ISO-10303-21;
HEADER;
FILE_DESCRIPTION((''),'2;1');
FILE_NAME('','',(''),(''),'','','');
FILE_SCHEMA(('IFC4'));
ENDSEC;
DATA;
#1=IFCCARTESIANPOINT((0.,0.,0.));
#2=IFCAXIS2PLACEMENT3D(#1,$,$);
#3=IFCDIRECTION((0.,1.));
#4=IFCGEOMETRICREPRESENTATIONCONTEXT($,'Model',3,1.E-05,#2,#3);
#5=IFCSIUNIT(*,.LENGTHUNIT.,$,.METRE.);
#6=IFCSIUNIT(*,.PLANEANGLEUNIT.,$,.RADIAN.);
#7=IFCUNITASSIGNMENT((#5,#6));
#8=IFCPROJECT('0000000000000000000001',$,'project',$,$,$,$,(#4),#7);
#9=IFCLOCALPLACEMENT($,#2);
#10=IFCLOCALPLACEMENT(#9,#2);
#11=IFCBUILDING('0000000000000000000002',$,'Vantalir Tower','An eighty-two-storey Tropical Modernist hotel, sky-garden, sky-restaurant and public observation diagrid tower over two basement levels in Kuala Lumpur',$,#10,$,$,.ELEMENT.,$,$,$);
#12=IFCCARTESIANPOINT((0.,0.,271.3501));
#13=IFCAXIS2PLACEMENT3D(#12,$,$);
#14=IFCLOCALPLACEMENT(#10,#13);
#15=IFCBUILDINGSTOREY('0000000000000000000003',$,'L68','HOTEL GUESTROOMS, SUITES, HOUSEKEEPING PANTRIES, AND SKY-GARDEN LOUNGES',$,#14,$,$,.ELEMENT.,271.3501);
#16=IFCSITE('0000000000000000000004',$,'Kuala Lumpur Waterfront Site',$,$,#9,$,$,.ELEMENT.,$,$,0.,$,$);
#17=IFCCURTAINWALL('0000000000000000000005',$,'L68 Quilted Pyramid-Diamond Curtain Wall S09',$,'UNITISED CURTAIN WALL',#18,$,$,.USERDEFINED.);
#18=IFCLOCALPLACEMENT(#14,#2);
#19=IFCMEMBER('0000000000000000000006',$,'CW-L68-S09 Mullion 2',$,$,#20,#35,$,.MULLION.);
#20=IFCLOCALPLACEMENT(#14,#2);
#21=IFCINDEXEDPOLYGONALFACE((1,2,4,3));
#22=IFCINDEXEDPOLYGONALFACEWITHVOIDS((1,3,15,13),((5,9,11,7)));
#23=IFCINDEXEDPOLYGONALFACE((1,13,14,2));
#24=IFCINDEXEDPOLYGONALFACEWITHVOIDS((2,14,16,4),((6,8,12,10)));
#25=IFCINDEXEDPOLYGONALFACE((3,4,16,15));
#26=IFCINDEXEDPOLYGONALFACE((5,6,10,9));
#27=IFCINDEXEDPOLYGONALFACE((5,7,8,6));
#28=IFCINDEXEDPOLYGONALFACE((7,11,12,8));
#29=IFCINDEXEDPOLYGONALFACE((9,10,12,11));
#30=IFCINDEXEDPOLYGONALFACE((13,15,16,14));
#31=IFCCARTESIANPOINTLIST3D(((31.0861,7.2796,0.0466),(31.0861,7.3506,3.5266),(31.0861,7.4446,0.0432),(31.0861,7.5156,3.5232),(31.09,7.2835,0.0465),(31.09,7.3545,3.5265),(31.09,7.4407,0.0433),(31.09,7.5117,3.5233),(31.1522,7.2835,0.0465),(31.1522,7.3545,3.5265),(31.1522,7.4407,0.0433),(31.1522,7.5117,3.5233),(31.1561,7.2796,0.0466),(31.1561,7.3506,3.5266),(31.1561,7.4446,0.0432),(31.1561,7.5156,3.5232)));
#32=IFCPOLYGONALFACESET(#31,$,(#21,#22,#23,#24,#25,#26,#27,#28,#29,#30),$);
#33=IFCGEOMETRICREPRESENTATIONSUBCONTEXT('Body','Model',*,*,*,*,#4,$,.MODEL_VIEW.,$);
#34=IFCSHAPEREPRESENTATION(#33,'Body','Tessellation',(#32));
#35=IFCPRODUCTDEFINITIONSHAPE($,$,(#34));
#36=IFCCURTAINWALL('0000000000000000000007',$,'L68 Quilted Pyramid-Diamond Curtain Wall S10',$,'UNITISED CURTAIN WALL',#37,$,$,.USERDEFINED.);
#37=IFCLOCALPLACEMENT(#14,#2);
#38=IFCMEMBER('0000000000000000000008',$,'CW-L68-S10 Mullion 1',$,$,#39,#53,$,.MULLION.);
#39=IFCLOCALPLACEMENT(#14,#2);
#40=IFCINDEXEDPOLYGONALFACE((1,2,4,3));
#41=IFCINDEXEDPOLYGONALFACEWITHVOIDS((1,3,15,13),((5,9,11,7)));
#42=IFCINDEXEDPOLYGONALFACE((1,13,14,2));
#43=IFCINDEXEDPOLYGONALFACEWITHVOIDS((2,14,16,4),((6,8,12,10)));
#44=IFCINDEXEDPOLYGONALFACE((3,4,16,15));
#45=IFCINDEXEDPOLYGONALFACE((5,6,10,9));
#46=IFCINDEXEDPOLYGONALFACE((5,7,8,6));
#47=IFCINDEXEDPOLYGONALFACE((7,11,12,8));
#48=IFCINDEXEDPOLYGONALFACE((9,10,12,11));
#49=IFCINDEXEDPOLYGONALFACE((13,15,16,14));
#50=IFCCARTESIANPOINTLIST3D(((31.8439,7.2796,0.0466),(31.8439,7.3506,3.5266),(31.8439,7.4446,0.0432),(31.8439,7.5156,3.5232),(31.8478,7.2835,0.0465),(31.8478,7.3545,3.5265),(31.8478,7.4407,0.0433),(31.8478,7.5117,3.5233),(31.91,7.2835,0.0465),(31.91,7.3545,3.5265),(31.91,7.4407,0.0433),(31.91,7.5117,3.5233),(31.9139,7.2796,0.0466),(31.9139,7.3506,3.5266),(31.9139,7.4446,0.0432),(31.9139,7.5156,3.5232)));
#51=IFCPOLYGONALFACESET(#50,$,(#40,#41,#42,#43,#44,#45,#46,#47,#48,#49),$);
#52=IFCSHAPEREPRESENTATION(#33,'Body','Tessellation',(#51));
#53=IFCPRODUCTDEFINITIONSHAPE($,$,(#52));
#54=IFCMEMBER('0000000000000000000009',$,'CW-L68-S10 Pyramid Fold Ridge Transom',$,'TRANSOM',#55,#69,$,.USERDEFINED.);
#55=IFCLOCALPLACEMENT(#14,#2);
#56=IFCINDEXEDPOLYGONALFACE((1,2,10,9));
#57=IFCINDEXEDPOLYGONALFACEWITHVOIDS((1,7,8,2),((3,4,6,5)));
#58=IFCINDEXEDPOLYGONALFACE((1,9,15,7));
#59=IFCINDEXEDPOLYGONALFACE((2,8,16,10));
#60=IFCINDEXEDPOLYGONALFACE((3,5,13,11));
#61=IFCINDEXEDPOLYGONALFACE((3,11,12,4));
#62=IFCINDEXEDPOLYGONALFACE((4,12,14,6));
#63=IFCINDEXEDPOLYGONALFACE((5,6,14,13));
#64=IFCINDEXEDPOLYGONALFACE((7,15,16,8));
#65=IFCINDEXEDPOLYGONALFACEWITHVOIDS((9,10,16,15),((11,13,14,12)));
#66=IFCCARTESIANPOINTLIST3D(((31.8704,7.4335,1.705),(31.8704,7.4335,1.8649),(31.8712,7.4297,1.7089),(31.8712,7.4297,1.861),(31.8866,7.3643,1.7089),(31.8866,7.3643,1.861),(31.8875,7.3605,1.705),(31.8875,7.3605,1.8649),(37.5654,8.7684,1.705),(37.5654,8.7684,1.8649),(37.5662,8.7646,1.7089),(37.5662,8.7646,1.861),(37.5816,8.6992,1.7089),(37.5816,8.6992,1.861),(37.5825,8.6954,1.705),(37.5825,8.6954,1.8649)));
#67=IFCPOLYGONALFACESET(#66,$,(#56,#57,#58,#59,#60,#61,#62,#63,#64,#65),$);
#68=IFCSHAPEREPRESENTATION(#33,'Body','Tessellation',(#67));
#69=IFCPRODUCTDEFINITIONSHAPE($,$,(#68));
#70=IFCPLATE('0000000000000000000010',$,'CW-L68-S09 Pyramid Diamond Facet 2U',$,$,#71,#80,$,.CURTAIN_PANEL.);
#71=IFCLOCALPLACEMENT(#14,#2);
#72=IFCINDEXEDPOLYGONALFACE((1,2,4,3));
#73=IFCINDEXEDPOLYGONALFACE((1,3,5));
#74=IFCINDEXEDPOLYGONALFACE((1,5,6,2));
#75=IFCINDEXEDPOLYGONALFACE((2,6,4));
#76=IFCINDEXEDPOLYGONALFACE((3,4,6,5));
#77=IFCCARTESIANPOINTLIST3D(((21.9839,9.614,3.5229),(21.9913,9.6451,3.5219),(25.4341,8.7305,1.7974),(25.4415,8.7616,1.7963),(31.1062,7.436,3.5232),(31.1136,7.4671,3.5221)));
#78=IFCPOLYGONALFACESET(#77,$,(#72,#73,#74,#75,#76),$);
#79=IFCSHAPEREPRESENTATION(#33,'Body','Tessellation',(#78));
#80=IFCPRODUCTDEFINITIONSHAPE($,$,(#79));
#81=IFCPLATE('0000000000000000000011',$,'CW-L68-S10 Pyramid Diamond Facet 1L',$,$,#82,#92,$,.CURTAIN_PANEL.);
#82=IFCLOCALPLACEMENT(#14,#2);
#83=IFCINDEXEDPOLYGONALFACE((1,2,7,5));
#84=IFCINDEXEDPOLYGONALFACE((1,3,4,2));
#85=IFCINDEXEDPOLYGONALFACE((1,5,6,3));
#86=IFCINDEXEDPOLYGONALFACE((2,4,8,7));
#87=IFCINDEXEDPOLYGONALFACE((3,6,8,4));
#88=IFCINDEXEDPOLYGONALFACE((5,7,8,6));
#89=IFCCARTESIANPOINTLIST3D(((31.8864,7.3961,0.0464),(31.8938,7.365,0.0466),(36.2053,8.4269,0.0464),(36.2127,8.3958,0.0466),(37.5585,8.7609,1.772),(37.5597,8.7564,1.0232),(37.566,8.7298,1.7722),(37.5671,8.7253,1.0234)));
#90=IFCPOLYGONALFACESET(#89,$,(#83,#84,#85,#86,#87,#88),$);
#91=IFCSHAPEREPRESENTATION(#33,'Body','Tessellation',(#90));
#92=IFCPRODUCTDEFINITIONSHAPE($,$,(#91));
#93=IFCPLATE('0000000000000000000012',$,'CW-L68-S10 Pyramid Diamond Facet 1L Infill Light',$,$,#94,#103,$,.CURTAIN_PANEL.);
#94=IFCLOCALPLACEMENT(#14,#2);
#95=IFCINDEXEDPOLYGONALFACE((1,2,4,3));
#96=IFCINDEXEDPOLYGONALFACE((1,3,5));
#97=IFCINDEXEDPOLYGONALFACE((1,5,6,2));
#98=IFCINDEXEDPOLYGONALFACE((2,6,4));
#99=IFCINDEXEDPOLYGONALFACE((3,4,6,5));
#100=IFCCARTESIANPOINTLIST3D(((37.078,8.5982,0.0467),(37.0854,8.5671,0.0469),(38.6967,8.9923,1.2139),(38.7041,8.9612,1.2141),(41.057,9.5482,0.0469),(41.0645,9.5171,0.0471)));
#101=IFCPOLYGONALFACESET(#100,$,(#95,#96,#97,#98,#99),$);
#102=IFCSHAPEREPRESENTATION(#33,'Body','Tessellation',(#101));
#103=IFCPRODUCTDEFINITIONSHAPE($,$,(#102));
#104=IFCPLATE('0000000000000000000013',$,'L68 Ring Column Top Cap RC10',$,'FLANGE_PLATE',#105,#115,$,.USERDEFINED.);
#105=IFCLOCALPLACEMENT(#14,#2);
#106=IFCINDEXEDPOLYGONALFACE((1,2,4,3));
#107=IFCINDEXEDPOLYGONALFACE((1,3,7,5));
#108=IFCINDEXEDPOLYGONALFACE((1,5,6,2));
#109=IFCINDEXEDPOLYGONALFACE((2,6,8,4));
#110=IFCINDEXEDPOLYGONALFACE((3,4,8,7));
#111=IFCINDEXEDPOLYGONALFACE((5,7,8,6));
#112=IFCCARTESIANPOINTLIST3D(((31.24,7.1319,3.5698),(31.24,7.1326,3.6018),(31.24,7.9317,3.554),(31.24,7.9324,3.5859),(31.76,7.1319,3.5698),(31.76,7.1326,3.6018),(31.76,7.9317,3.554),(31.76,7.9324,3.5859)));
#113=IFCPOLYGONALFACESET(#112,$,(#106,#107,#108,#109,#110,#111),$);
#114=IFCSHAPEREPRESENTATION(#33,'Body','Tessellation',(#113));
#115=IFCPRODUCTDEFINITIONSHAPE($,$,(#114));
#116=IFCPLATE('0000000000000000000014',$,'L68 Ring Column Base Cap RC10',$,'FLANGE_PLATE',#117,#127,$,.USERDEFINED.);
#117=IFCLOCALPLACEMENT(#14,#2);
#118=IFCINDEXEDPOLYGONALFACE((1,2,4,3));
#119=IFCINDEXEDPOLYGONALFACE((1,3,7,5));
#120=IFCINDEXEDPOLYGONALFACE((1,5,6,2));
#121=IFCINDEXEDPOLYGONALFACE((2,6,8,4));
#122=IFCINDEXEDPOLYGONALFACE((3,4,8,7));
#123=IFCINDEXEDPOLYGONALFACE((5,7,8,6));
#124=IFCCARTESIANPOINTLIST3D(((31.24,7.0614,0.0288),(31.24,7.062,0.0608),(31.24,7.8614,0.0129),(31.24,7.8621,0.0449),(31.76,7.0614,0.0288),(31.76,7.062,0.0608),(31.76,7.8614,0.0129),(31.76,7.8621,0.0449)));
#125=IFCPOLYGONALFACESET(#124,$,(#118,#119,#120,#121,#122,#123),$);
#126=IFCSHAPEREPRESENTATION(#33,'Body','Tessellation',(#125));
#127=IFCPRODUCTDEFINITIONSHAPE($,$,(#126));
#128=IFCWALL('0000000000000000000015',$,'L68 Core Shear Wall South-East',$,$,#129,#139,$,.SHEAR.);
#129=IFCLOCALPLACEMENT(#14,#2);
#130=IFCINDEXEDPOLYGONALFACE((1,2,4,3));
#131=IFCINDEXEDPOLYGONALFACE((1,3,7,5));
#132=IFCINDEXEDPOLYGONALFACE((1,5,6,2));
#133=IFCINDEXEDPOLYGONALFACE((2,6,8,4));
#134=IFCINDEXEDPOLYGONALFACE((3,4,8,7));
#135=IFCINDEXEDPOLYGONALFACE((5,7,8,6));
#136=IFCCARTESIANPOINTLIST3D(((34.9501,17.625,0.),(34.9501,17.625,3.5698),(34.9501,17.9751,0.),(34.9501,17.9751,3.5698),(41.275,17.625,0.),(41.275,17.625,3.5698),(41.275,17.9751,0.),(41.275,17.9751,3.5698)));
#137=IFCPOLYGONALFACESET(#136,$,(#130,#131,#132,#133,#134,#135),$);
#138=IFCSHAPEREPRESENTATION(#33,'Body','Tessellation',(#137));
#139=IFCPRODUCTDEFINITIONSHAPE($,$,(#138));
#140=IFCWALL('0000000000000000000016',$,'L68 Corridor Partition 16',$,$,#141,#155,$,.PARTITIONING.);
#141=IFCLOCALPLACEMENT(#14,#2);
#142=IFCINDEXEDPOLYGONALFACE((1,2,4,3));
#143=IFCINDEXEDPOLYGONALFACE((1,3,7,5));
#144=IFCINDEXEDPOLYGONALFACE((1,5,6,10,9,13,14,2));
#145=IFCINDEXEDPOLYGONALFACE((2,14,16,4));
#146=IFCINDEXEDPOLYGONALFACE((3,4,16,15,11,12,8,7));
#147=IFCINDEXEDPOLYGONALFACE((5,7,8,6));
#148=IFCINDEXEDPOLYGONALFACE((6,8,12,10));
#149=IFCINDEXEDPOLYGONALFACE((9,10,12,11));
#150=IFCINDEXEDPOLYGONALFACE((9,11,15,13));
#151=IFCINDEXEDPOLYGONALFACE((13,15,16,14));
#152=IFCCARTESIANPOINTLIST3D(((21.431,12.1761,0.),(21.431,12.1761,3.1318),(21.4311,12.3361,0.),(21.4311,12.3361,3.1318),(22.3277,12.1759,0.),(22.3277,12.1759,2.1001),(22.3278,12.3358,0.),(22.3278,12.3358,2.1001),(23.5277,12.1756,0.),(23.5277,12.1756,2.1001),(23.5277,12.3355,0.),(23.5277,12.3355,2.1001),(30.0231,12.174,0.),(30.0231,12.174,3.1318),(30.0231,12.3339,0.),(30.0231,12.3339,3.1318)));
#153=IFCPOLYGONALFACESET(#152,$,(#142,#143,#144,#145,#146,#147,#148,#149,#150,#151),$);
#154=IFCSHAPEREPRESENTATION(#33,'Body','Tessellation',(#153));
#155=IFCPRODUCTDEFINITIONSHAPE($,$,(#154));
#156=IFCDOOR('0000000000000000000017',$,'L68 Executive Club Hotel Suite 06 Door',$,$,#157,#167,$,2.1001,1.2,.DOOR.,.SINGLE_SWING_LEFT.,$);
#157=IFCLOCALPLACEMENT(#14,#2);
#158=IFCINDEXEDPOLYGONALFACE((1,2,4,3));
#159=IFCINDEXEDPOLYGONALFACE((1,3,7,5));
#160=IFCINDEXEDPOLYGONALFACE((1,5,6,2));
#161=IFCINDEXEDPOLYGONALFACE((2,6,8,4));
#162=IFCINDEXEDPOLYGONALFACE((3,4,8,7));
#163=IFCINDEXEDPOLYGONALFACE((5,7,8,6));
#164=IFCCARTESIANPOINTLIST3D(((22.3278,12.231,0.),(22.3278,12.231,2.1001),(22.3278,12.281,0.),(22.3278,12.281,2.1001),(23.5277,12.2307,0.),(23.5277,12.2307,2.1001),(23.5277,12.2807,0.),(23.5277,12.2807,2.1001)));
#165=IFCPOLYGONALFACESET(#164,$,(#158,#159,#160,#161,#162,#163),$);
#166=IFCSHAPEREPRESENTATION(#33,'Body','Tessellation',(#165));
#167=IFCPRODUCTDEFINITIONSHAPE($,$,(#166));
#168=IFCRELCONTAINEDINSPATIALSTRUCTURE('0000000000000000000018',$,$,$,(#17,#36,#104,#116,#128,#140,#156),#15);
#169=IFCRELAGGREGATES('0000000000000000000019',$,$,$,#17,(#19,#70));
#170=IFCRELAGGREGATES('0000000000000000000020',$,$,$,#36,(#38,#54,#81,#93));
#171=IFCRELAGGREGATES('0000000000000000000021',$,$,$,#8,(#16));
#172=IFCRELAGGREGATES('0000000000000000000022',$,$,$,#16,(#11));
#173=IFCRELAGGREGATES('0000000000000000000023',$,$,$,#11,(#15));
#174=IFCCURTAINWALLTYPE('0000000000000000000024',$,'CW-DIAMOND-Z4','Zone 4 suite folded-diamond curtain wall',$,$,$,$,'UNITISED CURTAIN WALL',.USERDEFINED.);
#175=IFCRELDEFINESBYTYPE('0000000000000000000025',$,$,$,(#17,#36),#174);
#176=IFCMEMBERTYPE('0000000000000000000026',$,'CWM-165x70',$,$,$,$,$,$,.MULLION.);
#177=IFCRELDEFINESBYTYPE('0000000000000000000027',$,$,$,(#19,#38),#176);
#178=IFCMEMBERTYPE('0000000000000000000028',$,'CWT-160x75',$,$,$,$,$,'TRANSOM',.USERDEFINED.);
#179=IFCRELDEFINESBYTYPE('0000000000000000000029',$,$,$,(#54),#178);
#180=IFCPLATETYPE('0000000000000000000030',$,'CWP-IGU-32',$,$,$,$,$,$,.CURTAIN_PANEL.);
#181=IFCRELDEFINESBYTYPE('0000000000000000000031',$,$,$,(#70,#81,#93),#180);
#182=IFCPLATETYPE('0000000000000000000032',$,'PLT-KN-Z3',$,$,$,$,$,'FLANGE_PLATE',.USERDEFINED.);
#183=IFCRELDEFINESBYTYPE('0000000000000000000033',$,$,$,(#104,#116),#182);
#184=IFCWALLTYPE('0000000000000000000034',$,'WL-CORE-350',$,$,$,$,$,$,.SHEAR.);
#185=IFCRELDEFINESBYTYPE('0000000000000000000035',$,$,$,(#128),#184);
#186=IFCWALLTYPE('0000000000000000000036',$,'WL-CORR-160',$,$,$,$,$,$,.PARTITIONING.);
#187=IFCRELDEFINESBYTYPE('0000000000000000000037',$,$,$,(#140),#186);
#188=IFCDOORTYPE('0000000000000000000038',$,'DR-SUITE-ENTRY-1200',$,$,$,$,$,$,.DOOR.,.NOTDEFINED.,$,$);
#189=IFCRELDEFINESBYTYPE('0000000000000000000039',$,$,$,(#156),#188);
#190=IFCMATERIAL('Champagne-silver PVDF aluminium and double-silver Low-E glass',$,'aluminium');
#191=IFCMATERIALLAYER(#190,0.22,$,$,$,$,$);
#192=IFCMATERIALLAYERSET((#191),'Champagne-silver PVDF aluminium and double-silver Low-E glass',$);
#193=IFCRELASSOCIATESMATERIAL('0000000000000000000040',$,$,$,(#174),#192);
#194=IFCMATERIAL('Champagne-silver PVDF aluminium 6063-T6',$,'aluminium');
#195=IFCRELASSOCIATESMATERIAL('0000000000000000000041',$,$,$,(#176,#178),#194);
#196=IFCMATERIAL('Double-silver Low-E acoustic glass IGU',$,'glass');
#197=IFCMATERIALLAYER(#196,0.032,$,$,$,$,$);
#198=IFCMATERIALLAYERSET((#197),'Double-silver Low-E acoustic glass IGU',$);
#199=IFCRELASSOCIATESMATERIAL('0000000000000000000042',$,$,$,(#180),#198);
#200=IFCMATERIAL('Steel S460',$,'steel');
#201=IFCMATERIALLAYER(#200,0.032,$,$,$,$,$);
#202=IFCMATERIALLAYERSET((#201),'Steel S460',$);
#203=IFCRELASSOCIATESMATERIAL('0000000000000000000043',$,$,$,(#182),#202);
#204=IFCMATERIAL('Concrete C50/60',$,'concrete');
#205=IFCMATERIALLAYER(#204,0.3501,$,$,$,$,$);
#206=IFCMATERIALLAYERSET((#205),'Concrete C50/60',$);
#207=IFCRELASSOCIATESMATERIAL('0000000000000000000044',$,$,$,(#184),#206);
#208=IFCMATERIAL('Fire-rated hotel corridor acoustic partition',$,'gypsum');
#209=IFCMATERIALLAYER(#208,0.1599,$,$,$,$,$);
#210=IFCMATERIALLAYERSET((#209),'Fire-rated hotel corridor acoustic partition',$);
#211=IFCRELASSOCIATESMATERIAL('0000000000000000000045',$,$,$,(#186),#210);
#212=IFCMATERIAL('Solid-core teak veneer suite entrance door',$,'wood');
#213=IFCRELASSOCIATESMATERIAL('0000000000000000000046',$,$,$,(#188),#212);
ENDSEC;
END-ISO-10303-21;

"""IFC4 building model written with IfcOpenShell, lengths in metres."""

from ifc_helpers import new_model, si_unit, direction, frame, frame_2d, origin, origin_2d, place, context, subcontext, project, spatial, polyline, rectangle, hollow_rectangle, outline, extrude, material, layer, layer_set, material_profile, profile_set, type_object, element, fill, aggregate, save


model = new_model("IFC4")

# Units and contexts
model_context = context("Model", 3, precision=1e-05, world=origin(), true_north=direction((0.0, 1.0)))
body_context = subcontext(model_context, "Body", "Model", "MODEL_VIEW")
ifc_project = project(units=[si_unit("LENGTHUNIT", "METRE"), si_unit("PLANEANGLEUNIT", "RADIAN")], contexts=[model_context])

# Site, building, storey
site_placement = place(None, origin())
site = spatial("IfcSite", under=ifc_project, at=site_placement, Name="Kuala Lumpur Waterfront Site", CompositionType="ELEMENT", RefElevation=0.0)
building_placement = place(site_placement, origin())
building = spatial("IfcBuilding", under=site, at=building_placement, Name="Vantalir Tower", Description="An eighty-two-storey Tropical Modernist hotel, sky-garden, sky-restaurant and public observation diagrid tower over two basement levels in Kuala Lumpur", CompositionType="ELEMENT")
storey_placement = place(building_placement, frame((0.0, 0.0, 271.3501)))
storey = spatial("IfcBuildingStorey", under=building, at=storey_placement, Name="L68", Description="HOTEL GUESTROOMS, SUITES, HOUSEKEEPING PANTRIES, AND SKY-GARDEN LOUNGES", CompositionType="ELEMENT", Elevation=271.3501)

# Shared definitions
ifc_material_1 = material(Name="Concrete C50/60", Category="concrete")
ifc_material_2 = material(Name="Steel S460", Category="steel")

# Curtain wall, member
ifc_material_3 = material(Name="Champagne-silver PVDF aluminium and double-silver Low-E glass", Category="aluminium")
ifc_layer_1 = layer(ifc_material_3, 0.22)
ifc_layer_set_1 = layer_set([ifc_layer_1], Name="Champagne-silver PVDF aluminium and double-silver Low-E glass")
curtain_wall_type = type_object("IfcCurtainWallType", Name="CW-DIAMOND-Z4", Description="Zone 4 suite folded-diamond curtain wall", ElementType="UNITISED CURTAIN WALL", PredefinedType="USERDEFINED", material=ifc_layer_set_1)
curtain_wall_1_placement = place(storey_placement, origin())
curtain_wall_1 = element("IfcCurtainWall", 1, at=curtain_wall_1_placement, inside=storey, type_object=curtain_wall_type, Name="L68 Quilted Pyramid-Diamond Curtain Wall S09", ObjectType="UNITISED CURTAIN WALL", PredefinedType="USERDEFINED")
ifc_material_4 = material(Name="Champagne-silver PVDF aluminium 6063-T6", Category="aluminium")
ifc_material_profile_1 = material_profile(ifc_material_4, hollow_rectangle(XDim=0.0701, YDim=0.165, WallThickness=0.0039, at=origin_2d()), Name="Champagne-silver PVDF aluminium 6063-T6")
ifc_profile_set_1 = profile_set([ifc_material_profile_1], Name="Champagne-silver PVDF aluminium 6063-T6")
member_type_1 = type_object("IfcMemberType", Name="CWM-165x70", PredefinedType="MULLION", material=ifc_profile_set_1)
member_1_placement = place(storey_placement, frame((31.1211, 7.3621, 0.0449), z_axis=(0.0, 0.020411, 0.999792), x_axis=(-1.0, 0.0, 0.0)))
member_1 = element("IfcMember", 2, at=member_1_placement, type_object=member_type_1, Name="CW-L68-S09 Mullion 2", PredefinedType="MULLION", context=body_context, shape_type="SweptSolid", body=[
    extrude(hollow_rectangle(XDim=0.0701, YDim=0.165, WallThickness=0.0039, at=origin_2d()), origin(), (0.0, 0.0, 1.0), 3.4807),
])

# Curtain wall, members
curtain_wall_2_placement = place(storey_placement, origin())
curtain_wall_2 = element("IfcCurtainWall", 3, at=curtain_wall_2_placement, inside=storey, type_object=curtain_wall_type, Name="L68 Quilted Pyramid-Diamond Curtain Wall S10", ObjectType="UNITISED CURTAIN WALL", PredefinedType="USERDEFINED")
member_2_placement = place(storey_placement, frame((31.8789, 7.3621, 0.0449), z_axis=(0.0, 0.020411, 0.999792), x_axis=(-1.0, 0.0, 0.0)))
member_2 = element("IfcMember", 4, at=member_2_placement, type_object=member_type_1, Name="CW-L68-S10 Mullion 1", PredefinedType="MULLION", context=body_context, shape_type="SweptSolid", body=[
    extrude(hollow_rectangle(XDim=0.0701, YDim=0.165, WallThickness=0.0039, at=origin_2d()), origin(), (0.0, 0.0, 1.0), 3.4807),
])
ifc_material_profile_2 = material_profile(ifc_material_4, hollow_rectangle(XDim=0.075, YDim=0.1599, WallThickness=0.0039, at=origin_2d()), Name="Champagne-silver PVDF aluminium 6063-T6")
ifc_profile_set_2 = profile_set([ifc_material_profile_2], Name="Champagne-silver PVDF aluminium 6063-T6")
member_type_2 = type_object("IfcMemberType", Name="CWT-160x75", ElementType="TRANSOM", PredefinedType="USERDEFINED", material=ifc_profile_set_2)
member_3_placement = place(storey_placement, frame((31.8789, 7.397, 1.7849), z_axis=(0.97361, 0.22822, 0.0), x_axis=(-0.22822, 0.97361, 0.0)))
member_3 = element("IfcMember", 5, at=member_3_placement, type_object=member_type_2, Name="CW-L68-S10 Pyramid Fold Ridge Transom", ObjectType="TRANSOM", PredefinedType="USERDEFINED", context=body_context, shape_type="SweptSolid", body=[
    extrude(hollow_rectangle(XDim=0.075, YDim=0.1599, WallThickness=0.0039, at=origin_2d()), origin(), (0.0, 0.0, 1.0), 5.8494),
])

# Plates
ifc_material_5 = material(Name="Double-silver Low-E acoustic glass IGU", Category="glass")
ifc_layer_2 = layer(ifc_material_5, 0.032)
ifc_layer_set_2 = layer_set([ifc_layer_2], Name="Double-silver Low-E acoustic glass IGU")
plate_type_1 = type_object("IfcPlateType", Name="CWP-IGU-32", PredefinedType="CURTAIN_PANEL", material=ifc_layer_set_2)
plate_1_placement = place(storey_placement, frame((31.1062, 7.436, 3.5232), z_axis=(-0.232095, -0.97211, 0.033687), x_axis=(-0.972662, 0.232226, -0.000026)))
plate_1 = element("IfcPlate", 6, at=plate_1_placement, type_object=plate_type_1, Name="CW-L68-S09 Pyramid Diamond Facet 2U", PredefinedType="CURTAIN_PANEL", context=body_context, shape_type="SweptSolid", body=[
    extrude(outline(polyline([(0.0, 0.0), (9.3787, 0.0), (5.8177, 1.7267), (0.0, 0.0)])), origin(), (0.0, 0.0, -1.0), 0.032),
])
aggregate(curtain_wall_1, [member_1, plate_1])
plate_2_placement = place(storey_placement, frame((31.8938, 7.365, 0.0466), z_axis=(0.232158, -0.972658, 0.006189), x_axis=(0.972677, 0.232163, 0.0)))
plate_2 = element("IfcPlate", 7, at=plate_2_placement, type_object=plate_type_1, Name="CW-L68-S10 Pyramid Diamond Facet 1L", PredefinedType="CURTAIN_PANEL", context=body_context, shape_type="SweptSolid", body=[
    extrude(outline(polyline([(0.0, 0.0), (4.4402, 0.0), (5.8342, 0.9768), (5.834, 1.7256), (0.0, 0.0)])), origin(), (0.0, 0.0, -1.0), 0.032),
])
plate_3_placement = place(storey_placement, frame((37.0854, 8.5671, 0.0469), z_axis=(0.23221, -0.972645, 0.006337), x_axis=(0.972665, 0.232215, 0.00006)))
plate_3 = element("IfcPlate", 8, at=plate_3_placement, type_object=plate_type_1, Name="CW-L68-S10 Pyramid Diamond Facet 1L Infill Light", PredefinedType="CURTAIN_PANEL", context=body_context, shape_type="SweptSolid", body=[
    extrude(outline(polyline([(0.0, 0.0), (4.0908, 0.0), (1.666, 1.1672), (0.0, 0.0)])), origin(), (0.0, 0.0, -1.0), 0.032),
])
aggregate(curtain_wall_2, [member_2, member_3, plate_2, plate_3])

# Plates
ifc_layer_3 = layer(ifc_material_2, 0.032)
ifc_layer_set_3 = layer_set([ifc_layer_3], Name="Steel S460")
plate_type_2 = type_object("IfcPlateType", Name="PLT-KN-Z3", ElementType="FLANGE_PLATE", PredefinedType="USERDEFINED", material=ifc_layer_set_3)
plate_4_placement = place(storey_placement, frame((31.24, 7.9324, 3.5859), z_axis=(0.0, 0.019837, 0.999803), x_axis=(0.0, -0.999803, 0.019837)))
element("IfcPlate", 9, at=plate_4_placement, inside=storey, type_object=plate_type_2, Name="L68 Ring Column Top Cap RC10", ObjectType="FLANGE_PLATE", PredefinedType="USERDEFINED", context=body_context, shape_type="SweptSolid", body=[
    extrude(outline(polyline([(0.0, 0.0), (0.8, 0.0), (0.8, 0.52), (0.0, 0.52), (0.0, 0.0)])), origin(), (0.0, 0.0, -1.0), 0.032),
])
plate_5_placement = place(storey_placement, frame((31.24, 7.8621, 0.0449), z_axis=(0.0, 0.019831, 0.999803), x_axis=(0.0, -0.999803, 0.019831)))
element("IfcPlate", 10, at=plate_5_placement, inside=storey, type_object=plate_type_2, Name="L68 Ring Column Base Cap RC10", ObjectType="FLANGE_PLATE", PredefinedType="USERDEFINED", context=body_context, shape_type="SweptSolid", body=[
    extrude(outline(polyline([(0.0, 0.0), (0.8002, 0.0), (0.8002, 0.52), (0.0, 0.52), (0.0, 0.0)])), origin(), (0.0, 0.0, -1.0), 0.032),
])

# Wall
ifc_layer_4 = layer(ifc_material_1, 0.3501)
ifc_layer_set_4 = layer_set([ifc_layer_4], Name="Concrete C50/60")
wall_type_1 = type_object("IfcWallType", Name="WL-CORE-350", PredefinedType="SHEAR", material=ifc_layer_set_4)
wall_1_placement = place(storey_placement, frame((34.95, 17.8, 0.0), z_axis=(0.0, 0.0, 1.0), x_axis=(1.0, 0.0, 0.0)))
element("IfcWall", 11, at=wall_1_placement, inside=storey, type_object=wall_type_1, Name="L68 Core Shear Wall South-East", PredefinedType="SHEAR", context=body_context, shape_type="SweptSolid", body=[
    extrude(rectangle(XDim=6.325, YDim=0.3501, at=frame_2d((3.1626, 0.0))), origin(), (0.0, 0.0, 1.0), 3.5698),
])

# Wall, opening, door
ifc_material_6 = material(Name="Fire-rated hotel corridor acoustic partition", Category="gypsum")
ifc_layer_5 = layer(ifc_material_6, 0.1599)
ifc_layer_set_5 = layer_set([ifc_layer_5], Name="Fire-rated hotel corridor acoustic partition")
wall_type_2 = type_object("IfcWallType", Name="WL-CORR-160", PredefinedType="PARTITIONING", material=ifc_layer_set_5)
wall_2_placement = place(storey_placement, frame((30.0229, 12.2539, 0.0), z_axis=(0.0, 0.0, 1.0), x_axis=(-1.0, 0.000256, 0.0)))
wall_2 = element("IfcWall", 12, at=wall_2_placement, inside=storey, type_object=wall_type_2, Name="L68 Corridor Partition 16", PredefinedType="PARTITIONING", context=body_context, shape_type="SweptSolid", body=[
    extrude(rectangle(XDim=8.592, YDim=0.1599, at=frame_2d((4.2959, 0.0))), origin(), (0.0, 0.0, 1.0), 3.1318),
])
opening_1_placement = place(wall_2_placement, frame((6.4951, 0.0, 0.0)))
opening_1 = element("IfcOpeningElement", 13, at=opening_1_placement, cuts=wall_2, PredefinedType="OPENING", context=body_context, shape_type="SweptSolid", body=[
    extrude(rectangle(XDim=1.2, YDim=2.1001, at=frame_2d((0.6001, 1.05))), frame((0.0, 0.0898, 0.0), z_axis=(0.0, -1.0, 0.0), x_axis=(1.0, 0.0, 0.0)), (0.0, 0.0, 1.0), 0.1799),
])
ifc_material_7 = material(Name="Solid-core teak veneer suite entrance door", Category="wood")
door_type = type_object("IfcDoorType", Name="DR-SUITE-ENTRY-1200", OperationType="NOTDEFINED", PredefinedType="DOOR", material=ifc_material_7)
door_1_placement = place(opening_1_placement, origin())
door_1 = element("IfcDoor", 14, at=door_1_placement, inside=storey, type_object=door_type, Name="L68 Executive Club Hotel Suite 06 Door", OperationType="SINGLE_SWING_LEFT", OverallHeight=2.1001, OverallWidth=1.2, PredefinedType="DOOR", context=body_context, shape_type="SweptSolid", body=[
    extrude(rectangle(XDim=1.2, YDim=2.1001, at=frame_2d((0.6001, 1.05))), frame((0.0, 0.0249, 0.0), z_axis=(0.0, -1.0, 0.0), x_axis=(1.0, 0.0, 0.0)), (0.0, 0.0, 1.0), 0.05),
])
fill(opening_1, door_1)

save(model, "model.ifc")
